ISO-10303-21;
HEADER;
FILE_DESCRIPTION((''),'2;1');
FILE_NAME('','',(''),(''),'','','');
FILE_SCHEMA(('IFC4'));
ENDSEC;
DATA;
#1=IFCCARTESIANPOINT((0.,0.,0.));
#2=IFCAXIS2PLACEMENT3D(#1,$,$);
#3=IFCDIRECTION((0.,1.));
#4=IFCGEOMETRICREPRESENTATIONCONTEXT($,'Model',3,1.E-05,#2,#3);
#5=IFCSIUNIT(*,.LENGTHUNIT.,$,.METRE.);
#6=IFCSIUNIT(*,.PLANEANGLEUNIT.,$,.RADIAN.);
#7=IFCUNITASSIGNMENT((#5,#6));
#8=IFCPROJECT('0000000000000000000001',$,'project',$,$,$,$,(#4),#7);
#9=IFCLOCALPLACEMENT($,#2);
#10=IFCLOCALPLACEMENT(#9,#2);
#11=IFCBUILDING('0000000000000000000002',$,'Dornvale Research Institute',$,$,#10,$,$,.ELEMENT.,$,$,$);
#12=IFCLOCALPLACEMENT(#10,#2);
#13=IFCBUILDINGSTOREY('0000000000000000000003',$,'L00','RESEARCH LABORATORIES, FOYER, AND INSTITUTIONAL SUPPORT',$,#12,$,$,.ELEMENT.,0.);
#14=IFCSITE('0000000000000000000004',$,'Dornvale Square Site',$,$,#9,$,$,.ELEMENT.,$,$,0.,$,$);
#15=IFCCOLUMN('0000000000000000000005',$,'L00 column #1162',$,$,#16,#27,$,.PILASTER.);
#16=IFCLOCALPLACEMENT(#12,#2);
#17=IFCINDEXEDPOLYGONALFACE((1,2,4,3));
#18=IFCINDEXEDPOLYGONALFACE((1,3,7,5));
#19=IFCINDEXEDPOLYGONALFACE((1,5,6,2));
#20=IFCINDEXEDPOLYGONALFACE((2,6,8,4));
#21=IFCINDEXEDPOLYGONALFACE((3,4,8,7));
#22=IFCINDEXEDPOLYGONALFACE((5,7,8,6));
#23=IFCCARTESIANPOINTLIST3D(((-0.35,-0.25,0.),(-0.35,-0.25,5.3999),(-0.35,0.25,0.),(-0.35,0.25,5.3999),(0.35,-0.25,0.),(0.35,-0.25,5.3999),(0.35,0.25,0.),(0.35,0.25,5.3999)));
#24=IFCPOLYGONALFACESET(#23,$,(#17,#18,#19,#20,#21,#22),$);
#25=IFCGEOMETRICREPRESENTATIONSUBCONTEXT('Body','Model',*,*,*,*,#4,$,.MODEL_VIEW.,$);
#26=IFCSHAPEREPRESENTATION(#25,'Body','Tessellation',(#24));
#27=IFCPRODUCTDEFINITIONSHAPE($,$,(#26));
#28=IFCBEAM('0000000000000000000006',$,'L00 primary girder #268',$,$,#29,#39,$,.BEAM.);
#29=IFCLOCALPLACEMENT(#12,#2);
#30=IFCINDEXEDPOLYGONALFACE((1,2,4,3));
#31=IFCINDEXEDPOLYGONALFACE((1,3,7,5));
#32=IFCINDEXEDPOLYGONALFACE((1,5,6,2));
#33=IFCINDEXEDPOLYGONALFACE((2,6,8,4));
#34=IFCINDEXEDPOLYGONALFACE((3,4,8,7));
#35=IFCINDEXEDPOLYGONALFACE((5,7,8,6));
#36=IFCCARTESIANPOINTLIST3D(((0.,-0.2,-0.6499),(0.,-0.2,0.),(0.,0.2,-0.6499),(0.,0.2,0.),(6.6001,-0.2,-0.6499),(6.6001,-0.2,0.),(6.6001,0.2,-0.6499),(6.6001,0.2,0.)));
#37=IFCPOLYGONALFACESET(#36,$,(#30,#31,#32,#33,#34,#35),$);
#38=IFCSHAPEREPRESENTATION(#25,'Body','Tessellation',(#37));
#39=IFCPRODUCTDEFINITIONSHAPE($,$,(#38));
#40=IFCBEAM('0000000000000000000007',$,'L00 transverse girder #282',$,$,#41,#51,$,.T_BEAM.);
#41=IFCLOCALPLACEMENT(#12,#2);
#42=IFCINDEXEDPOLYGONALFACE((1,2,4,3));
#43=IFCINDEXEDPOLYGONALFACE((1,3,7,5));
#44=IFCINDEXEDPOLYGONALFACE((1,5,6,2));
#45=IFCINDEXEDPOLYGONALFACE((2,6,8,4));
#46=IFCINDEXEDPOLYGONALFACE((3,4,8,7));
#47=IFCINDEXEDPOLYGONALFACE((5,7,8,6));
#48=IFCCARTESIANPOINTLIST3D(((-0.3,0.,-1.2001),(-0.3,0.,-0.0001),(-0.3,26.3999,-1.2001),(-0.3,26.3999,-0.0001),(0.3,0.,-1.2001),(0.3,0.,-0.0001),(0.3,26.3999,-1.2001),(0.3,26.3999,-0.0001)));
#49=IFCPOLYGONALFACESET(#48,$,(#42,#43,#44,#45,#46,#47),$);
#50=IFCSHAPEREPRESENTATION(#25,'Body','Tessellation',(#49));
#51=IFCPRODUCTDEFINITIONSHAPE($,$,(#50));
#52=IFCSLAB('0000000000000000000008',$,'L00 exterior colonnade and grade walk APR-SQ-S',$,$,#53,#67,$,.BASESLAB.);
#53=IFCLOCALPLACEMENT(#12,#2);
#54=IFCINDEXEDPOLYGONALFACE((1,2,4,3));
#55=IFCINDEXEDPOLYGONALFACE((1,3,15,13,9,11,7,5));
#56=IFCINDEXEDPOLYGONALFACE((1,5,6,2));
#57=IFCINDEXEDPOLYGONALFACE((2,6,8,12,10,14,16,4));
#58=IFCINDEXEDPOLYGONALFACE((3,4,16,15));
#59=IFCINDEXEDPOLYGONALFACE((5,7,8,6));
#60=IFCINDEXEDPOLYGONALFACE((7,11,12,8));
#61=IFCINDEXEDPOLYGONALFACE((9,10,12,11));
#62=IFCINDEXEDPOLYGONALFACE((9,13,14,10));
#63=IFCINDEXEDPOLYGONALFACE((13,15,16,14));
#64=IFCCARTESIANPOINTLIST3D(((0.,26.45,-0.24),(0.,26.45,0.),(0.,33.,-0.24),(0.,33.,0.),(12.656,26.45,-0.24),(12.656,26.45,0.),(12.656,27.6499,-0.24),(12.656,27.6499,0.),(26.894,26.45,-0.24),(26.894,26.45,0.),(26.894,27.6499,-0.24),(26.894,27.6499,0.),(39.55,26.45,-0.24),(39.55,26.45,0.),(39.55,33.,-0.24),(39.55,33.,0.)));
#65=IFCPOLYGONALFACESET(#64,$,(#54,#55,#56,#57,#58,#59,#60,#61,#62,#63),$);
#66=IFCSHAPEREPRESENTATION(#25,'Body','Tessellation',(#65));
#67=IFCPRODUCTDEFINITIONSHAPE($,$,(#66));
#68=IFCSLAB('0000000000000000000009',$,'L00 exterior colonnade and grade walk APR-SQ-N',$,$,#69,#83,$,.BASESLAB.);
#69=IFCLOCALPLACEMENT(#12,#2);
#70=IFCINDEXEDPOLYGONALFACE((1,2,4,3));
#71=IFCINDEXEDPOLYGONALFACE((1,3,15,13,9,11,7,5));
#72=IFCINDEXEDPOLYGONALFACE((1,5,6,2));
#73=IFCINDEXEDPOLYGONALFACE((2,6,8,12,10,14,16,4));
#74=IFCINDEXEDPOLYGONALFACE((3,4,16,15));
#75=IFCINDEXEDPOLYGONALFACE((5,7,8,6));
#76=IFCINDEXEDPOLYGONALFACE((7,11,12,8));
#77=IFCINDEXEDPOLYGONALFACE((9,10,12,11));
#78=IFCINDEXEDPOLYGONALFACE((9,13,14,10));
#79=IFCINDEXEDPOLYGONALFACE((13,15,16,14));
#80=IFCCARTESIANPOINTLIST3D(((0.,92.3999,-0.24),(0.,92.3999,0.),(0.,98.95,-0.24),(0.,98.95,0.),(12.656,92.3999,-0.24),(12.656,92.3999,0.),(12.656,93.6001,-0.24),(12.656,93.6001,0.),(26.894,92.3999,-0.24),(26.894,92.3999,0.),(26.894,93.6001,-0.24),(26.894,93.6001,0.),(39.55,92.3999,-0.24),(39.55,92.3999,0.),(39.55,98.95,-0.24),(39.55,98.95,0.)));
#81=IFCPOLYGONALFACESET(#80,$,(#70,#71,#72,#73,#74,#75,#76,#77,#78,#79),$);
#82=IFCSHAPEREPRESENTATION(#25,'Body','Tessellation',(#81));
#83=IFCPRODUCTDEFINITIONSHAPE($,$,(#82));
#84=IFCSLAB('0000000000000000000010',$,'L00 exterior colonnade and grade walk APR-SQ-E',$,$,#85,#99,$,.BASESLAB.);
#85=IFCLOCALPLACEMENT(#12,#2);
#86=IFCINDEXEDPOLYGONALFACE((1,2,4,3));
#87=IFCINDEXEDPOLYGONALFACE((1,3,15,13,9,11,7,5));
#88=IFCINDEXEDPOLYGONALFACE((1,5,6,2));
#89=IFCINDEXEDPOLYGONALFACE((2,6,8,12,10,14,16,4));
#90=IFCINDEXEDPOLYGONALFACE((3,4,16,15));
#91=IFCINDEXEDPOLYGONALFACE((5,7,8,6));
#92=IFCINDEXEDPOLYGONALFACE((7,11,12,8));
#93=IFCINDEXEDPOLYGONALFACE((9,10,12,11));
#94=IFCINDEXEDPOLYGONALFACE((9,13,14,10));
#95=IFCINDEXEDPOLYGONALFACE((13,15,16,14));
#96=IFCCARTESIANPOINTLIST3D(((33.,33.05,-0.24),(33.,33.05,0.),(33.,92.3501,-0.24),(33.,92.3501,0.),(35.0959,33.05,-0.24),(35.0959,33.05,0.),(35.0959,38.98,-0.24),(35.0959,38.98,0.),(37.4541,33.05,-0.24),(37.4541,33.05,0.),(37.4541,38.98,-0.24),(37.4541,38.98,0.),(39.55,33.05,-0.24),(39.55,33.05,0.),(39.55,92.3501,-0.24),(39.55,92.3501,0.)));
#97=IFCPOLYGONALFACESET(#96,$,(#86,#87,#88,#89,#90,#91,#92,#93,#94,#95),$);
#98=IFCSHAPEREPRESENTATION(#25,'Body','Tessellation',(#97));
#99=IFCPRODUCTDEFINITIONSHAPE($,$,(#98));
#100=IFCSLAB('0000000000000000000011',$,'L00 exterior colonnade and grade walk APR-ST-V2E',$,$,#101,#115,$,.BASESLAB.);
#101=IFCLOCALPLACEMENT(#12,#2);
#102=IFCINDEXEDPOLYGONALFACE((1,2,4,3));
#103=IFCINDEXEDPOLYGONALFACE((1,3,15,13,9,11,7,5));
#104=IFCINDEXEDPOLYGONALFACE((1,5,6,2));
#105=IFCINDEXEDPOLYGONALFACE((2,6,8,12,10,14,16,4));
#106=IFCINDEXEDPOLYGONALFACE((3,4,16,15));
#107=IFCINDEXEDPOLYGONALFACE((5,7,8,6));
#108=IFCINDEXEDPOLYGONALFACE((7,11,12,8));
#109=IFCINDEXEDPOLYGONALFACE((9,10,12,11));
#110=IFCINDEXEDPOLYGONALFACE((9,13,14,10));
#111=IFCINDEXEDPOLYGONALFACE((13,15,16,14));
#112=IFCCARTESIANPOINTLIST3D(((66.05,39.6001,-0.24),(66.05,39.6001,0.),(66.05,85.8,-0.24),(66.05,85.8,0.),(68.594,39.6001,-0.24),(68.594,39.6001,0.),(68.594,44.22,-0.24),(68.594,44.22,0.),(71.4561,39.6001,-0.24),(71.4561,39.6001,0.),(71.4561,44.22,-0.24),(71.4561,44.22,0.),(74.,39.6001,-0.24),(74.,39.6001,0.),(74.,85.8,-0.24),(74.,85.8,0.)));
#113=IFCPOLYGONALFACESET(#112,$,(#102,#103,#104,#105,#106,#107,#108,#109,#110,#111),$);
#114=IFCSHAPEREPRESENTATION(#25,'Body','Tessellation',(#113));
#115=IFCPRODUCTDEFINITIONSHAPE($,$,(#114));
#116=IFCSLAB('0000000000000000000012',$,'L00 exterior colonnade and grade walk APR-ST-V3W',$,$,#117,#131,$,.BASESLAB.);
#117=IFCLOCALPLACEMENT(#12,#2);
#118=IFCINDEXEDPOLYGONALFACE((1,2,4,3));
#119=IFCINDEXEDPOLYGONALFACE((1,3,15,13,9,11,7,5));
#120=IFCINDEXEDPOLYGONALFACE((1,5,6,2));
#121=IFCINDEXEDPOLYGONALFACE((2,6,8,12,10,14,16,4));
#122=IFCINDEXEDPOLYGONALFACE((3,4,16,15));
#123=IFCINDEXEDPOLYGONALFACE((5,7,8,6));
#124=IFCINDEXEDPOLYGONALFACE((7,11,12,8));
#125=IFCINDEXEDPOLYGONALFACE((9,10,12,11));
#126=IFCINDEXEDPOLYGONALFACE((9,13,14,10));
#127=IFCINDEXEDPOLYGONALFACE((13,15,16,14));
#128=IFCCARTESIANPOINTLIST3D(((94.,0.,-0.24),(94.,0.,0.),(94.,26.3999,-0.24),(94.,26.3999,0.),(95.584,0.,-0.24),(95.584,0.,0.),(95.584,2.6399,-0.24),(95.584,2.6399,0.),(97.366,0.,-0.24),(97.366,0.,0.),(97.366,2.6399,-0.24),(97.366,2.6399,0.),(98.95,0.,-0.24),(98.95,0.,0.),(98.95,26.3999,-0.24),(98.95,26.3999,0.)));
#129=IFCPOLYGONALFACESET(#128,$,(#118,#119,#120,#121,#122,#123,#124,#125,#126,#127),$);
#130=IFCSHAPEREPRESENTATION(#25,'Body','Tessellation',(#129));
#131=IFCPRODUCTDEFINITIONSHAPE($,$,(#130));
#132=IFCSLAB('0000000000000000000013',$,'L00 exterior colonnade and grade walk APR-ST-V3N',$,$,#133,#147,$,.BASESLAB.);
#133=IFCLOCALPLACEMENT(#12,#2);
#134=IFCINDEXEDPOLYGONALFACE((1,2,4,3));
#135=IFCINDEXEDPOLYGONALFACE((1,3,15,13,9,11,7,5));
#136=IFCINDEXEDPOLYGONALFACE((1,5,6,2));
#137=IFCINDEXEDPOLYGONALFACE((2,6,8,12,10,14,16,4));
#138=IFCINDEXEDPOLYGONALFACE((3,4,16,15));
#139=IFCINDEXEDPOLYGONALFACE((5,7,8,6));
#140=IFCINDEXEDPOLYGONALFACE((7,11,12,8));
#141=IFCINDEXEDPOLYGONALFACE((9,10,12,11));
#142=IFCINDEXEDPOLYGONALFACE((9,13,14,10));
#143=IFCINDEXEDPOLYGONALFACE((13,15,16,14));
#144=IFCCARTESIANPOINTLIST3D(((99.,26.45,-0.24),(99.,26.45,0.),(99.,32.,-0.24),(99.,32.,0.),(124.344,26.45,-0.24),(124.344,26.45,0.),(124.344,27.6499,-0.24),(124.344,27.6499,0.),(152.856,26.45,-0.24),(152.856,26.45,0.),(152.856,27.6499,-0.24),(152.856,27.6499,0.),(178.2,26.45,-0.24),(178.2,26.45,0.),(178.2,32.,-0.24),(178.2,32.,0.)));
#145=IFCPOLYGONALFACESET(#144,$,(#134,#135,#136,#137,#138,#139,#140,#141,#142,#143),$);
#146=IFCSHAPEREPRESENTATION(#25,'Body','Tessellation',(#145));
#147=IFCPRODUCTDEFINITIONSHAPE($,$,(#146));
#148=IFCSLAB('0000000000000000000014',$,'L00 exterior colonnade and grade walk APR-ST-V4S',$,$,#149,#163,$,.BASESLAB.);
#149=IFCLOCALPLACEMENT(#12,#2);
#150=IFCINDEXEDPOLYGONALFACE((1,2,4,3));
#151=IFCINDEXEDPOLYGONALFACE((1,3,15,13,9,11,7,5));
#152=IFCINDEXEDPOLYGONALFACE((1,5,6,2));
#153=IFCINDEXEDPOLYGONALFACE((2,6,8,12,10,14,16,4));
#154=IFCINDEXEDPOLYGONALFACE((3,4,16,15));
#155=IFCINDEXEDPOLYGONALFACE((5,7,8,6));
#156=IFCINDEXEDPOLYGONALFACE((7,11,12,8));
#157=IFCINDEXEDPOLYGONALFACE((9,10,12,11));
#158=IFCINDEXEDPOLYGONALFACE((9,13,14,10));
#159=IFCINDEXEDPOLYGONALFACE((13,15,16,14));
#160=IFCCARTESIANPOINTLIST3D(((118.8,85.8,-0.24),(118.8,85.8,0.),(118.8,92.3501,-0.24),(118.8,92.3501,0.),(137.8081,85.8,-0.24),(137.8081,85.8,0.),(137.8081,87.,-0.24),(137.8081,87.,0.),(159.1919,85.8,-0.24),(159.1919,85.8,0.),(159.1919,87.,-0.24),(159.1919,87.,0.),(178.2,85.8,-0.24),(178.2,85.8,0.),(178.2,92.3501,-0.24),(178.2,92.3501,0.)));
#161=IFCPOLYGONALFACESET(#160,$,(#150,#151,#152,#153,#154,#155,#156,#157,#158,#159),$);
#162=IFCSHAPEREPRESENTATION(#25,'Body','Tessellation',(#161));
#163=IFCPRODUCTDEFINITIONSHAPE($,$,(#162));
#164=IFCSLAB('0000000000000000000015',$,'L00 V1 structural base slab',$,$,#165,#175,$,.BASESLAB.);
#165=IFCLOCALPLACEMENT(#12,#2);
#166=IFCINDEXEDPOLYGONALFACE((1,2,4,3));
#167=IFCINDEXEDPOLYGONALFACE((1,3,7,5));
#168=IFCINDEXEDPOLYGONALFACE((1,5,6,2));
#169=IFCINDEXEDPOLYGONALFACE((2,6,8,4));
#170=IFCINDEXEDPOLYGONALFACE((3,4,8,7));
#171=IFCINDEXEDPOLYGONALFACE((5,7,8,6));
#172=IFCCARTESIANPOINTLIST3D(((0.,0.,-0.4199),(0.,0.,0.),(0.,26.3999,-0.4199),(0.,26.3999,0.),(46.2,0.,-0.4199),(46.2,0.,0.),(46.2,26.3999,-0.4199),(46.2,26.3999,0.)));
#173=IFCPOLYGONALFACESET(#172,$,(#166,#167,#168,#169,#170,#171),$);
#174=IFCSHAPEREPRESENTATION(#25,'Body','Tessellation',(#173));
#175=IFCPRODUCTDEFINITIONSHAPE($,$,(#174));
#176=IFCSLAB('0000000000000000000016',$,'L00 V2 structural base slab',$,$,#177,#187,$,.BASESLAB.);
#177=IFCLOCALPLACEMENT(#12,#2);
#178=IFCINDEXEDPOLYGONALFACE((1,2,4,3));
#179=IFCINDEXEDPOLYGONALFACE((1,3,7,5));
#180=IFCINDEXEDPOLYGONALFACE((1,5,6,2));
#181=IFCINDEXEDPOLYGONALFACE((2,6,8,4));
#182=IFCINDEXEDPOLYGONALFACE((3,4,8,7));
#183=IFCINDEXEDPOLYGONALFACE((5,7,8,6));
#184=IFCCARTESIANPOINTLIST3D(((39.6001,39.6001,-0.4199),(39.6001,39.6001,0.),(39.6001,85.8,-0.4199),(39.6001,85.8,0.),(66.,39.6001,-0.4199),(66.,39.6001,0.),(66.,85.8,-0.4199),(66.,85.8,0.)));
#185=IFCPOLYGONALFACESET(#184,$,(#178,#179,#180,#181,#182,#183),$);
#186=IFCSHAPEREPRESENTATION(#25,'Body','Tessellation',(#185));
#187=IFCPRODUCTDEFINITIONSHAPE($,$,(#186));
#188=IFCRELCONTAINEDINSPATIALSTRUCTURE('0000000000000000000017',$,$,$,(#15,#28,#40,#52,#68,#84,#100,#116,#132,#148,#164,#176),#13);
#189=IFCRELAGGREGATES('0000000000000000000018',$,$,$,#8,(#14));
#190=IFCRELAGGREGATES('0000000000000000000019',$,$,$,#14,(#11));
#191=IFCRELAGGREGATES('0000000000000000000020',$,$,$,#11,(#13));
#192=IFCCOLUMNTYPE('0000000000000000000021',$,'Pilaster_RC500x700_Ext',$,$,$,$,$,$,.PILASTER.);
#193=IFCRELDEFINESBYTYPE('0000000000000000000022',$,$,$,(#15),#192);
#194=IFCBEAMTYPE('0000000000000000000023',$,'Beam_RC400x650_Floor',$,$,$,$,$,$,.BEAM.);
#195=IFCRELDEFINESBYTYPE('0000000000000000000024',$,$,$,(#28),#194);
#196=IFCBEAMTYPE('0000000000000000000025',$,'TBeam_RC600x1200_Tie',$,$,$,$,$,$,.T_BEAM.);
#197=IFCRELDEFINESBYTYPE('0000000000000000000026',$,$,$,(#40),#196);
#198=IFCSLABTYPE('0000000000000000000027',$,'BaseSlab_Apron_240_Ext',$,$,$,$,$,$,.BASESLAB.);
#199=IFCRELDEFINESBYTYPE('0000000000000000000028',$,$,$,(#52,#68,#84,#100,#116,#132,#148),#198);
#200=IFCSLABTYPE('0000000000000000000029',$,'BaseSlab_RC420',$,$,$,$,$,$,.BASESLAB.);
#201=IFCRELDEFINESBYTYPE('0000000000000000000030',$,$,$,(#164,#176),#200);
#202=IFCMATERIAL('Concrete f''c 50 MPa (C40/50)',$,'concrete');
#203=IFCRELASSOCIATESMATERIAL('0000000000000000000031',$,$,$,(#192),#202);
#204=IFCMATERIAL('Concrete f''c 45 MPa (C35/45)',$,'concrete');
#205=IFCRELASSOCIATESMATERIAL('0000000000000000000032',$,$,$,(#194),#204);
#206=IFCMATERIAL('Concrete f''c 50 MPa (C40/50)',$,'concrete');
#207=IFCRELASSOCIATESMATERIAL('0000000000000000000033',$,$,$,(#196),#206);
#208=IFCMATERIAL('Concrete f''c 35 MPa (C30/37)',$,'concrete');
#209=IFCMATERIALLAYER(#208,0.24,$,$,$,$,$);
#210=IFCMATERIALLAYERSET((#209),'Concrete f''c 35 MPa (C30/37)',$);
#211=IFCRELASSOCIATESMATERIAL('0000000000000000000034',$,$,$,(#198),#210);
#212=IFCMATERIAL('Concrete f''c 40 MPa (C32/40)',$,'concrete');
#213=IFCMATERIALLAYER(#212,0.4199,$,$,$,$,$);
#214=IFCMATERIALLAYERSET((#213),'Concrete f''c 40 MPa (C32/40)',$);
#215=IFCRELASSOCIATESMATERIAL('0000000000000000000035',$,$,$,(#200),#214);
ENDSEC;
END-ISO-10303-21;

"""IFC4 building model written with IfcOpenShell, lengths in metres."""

from ifc_helpers import new_model, si_unit, direction, frame, origin, origin_2d, place, context, subcontext, project, spatial, polyline, rectangle, outline, extrude, material, layer, layer_set, material_profile, profile_set, type_object, element, save


model = new_model("IFC4")

# Units and contexts
model_context = context("Model", 3, precision=1e-05, world=origin(), true_north=direction((0.0, 1.0)))
body_context = subcontext(model_context, "Body", "Model", "MODEL_VIEW")
ifc_project = project(units=[si_unit("LENGTHUNIT", "METRE"), si_unit("PLANEANGLEUNIT", "RADIAN")], contexts=[model_context])

# Site, building, storey
site_placement = place(None, origin())
site = spatial("IfcSite", under=ifc_project, at=site_placement, Name="Dornvale Square Site", CompositionType="ELEMENT", RefElevation=0.0)
building_placement = place(site_placement, origin())
building = spatial("IfcBuilding", under=site, at=building_placement, Name="Dornvale Research Institute", CompositionType="ELEMENT")
storey_placement = place(building_placement, origin())
storey = spatial("IfcBuildingStorey", under=building, at=storey_placement, Name="L00", Description="RESEARCH LABORATORIES, FOYER, AND INSTITUTIONAL SUPPORT", CompositionType="ELEMENT", Elevation=0.0)

# Column
ifc_material_1 = material(Name="Concrete f'c 50 MPa (C40/50)", Category="concrete")
ifc_material_profile_1 = material_profile(ifc_material_1, rectangle(XDim=0.5, YDim=0.7, at=origin_2d()), Name="RC 500x700")
ifc_profile_set_1 = profile_set([ifc_material_profile_1], Name="Concrete f'c 50 MPa (C40/50)")
column_type = type_object("IfcColumnType", Name="Pilaster_RC500x700_Ext", PredefinedType="PILASTER", material=ifc_profile_set_1)
column_placement = place(storey_placement, frame((0.0, 0.0, 0.0), z_axis=(0.0, 0.0, 1.0), x_axis=(0.0, 1.0, 0.0)))
element("IfcColumn", 1, at=column_placement, inside=storey, type_object=column_type, Name="L00 column #1162", PredefinedType="PILASTER", context=body_context, shape_type="SweptSolid", body=[
    extrude(rectangle(XDim=0.5, YDim=0.7, at=origin_2d()), origin(), (0.0, 0.0, 1.0), 5.3999),
])

# Beams
ifc_material_2 = material(Name="Concrete f'c 45 MPa (C35/45)", Category="concrete")
ifc_material_profile_2 = material_profile(ifc_material_2, rectangle(XDim=0.3999, YDim=0.6499, at=origin_2d()), Name="RC 400x650")
ifc_profile_set_2 = profile_set([ifc_material_profile_2], Name="Concrete f'c 45 MPa (C35/45)")
beam_type_1 = type_object("IfcBeamType", Name="Beam_RC400x650_Floor", PredefinedType="BEAM", material=ifc_profile_set_2)
beam_1_placement = place(storey_placement, frame((0.0, 0.0, -0.325), z_axis=(1.0, 0.0, 0.0), x_axis=(0.0, 1.0, 0.0)))
element("IfcBeam", 2, at=beam_1_placement, inside=storey, type_object=beam_type_1, Name="L00 primary girder #268", PredefinedType="BEAM", context=body_context, shape_type="SweptSolid", body=[
    extrude(rectangle(XDim=0.3999, YDim=0.6499, at=origin_2d()), origin(), (0.0, 0.0, 1.0), 6.6001),
])
ifc_material_3 = material(Name="Concrete f'c 50 MPa (C40/50)", Category="concrete")
ifc_material_profile_3 = material_profile(ifc_material_3, rectangle(XDim=0.6001, YDim=1.2, at=origin_2d()), Name="RC 600x1200")
ifc_profile_set_3 = profile_set([ifc_material_profile_3], Name="Concrete f'c 50 MPa (C40/50)")
beam_type_2 = type_object("IfcBeamType", Name="TBeam_RC600x1200_Tie", PredefinedType="T_BEAM", material=ifc_profile_set_3)
beam_2_placement = place(storey_placement, frame((0.0, 0.0, -0.6001), z_axis=(0.0, 1.0, 0.0), x_axis=(-1.0, 0.0, 0.0)))
element("IfcBeam", 3, at=beam_2_placement, inside=storey, type_object=beam_type_2, Name="L00 transverse girder #282", PredefinedType="T_BEAM", context=body_context, shape_type="SweptSolid", body=[
    extrude(rectangle(XDim=0.6001, YDim=1.2, at=origin_2d()), origin(), (0.0, 0.0, 1.0), 26.3999),
])

# Slabs
ifc_material_4 = material(Name="Concrete f'c 35 MPa (C30/37)", Category="concrete")
ifc_layer_1 = layer(ifc_material_4, 0.24)
ifc_layer_set_1 = layer_set([ifc_layer_1], Name="Concrete f'c 35 MPa (C30/37)")
slab_type_1 = type_object("IfcSlabType", Name="BaseSlab_Apron_240_Ext", PredefinedType="BASESLAB", material=ifc_layer_set_1)
slab_1_placement = place(storey_placement, frame((0.0, 0.0, -0.24)))
element("IfcSlab", 4, at=slab_1_placement, inside=storey, type_object=slab_type_1, Name="L00 exterior colonnade and grade walk APR-SQ-S", PredefinedType="BASESLAB", context=body_context, shape_type="SweptSolid", body=[
    extrude(outline(polyline([(0.0, 26.45), (12.656, 26.45), (12.656, 27.6499), (26.894, 27.6499), (26.894, 26.45), (39.55, 26.45), (39.55, 33.0), (0.0, 33.0), (0.0, 26.45)])), origin(), (0.0, 0.0, 1.0), 0.24),
])
slab_2_placement = place(storey_placement, frame((0.0, 0.0, -0.24)))
element("IfcSlab", 5, at=slab_2_placement, inside=storey, type_object=slab_type_1, Name="L00 exterior colonnade and grade walk APR-SQ-N", PredefinedType="BASESLAB", context=body_context, shape_type="SweptSolid", body=[
    extrude(outline(polyline([(0.0, 92.3999), (12.656, 92.3999), (12.656, 93.6001), (26.894, 93.6001), (26.894, 92.3999), (39.55, 92.3999), (39.55, 98.95), (0.0, 98.95), (0.0, 92.3999)])), origin(), (0.0, 0.0, 1.0), 0.24),
])
slab_3_placement = place(storey_placement, frame((0.0, 0.0, -0.24)))
element("IfcSlab", 6, at=slab_3_placement, inside=storey, type_object=slab_type_1, Name="L00 exterior colonnade and grade walk APR-SQ-E", PredefinedType="BASESLAB", context=body_context, shape_type="SweptSolid", body=[
    extrude(outline(polyline([(33.0, 33.05), (35.0959, 33.05), (35.0959, 38.98), (37.4541, 38.98), (37.4541, 33.05), (39.55, 33.05), (39.55, 92.3501), (33.0, 92.3501), (33.0, 33.05)])), origin(), (0.0, 0.0, 1.0), 0.24),
])
slab_4_placement = place(storey_placement, frame((0.0, 0.0, -0.24)))
element("IfcSlab", 7, at=slab_4_placement, inside=storey, type_object=slab_type_1, Name="L00 exterior colonnade and grade walk APR-ST-V2E", PredefinedType="BASESLAB", context=body_context, shape_type="SweptSolid", body=[
    extrude(outline(polyline([(66.05, 39.6001), (68.594, 39.6001), (68.594, 44.22), (71.4561, 44.22), (71.4561, 39.6001), (74.0, 39.6001), (74.0, 85.8), (66.05, 85.8), (66.05, 39.6001)])), origin(), (0.0, 0.0, 1.0), 0.24),
])
slab_5_placement = place(storey_placement, frame((0.0, 0.0, -0.24)))
element("IfcSlab", 8, at=slab_5_placement, inside=storey, type_object=slab_type_1, Name="L00 exterior colonnade and grade walk APR-ST-V3W", PredefinedType="BASESLAB", context=body_context, shape_type="SweptSolid", body=[
    extrude(outline(polyline([(94.0, 0.0), (95.584, 0.0), (95.584, 2.6399), (97.366, 2.6399), (97.366, 0.0), (98.95, 0.0), (98.95, 26.3999), (94.0, 26.3999), (94.0, 0.0)])), origin(), (0.0, 0.0, 1.0), 0.24),
])
slab_6_placement = place(storey_placement, frame((0.0, 0.0, -0.24)))
element("IfcSlab", 9, at=slab_6_placement, inside=storey, type_object=slab_type_1, Name="L00 exterior colonnade and grade walk APR-ST-V3N", PredefinedType="BASESLAB", context=body_context, shape_type="SweptSolid", body=[
    extrude(outline(polyline([(99.0, 26.45), (124.344, 26.45), (124.344, 27.6499), (152.856, 27.6499), (152.856, 26.45), (178.2, 26.45), (178.2, 32.0), (99.0, 32.0), (99.0, 26.45)])), origin(), (0.0, 0.0, 1.0), 0.24),
])
slab_7_placement = place(storey_placement, frame((0.0, 0.0, -0.24)))
element("IfcSlab", 10, at=slab_7_placement, inside=storey, type_object=slab_type_1, Name="L00 exterior colonnade and grade walk APR-ST-V4S", PredefinedType="BASESLAB", context=body_context, shape_type="SweptSolid", body=[
    extrude(outline(polyline([(118.8, 85.8), (137.8081, 85.8), (137.8081, 87.0), (159.1919, 87.0), (159.1919, 85.8), (178.2, 85.8), (178.2, 92.3501), (118.8, 92.3501), (118.8, 85.8)])), origin(), (0.0, 0.0, 1.0), 0.24),
])
ifc_material_5 = material(Name="Concrete f'c 40 MPa (C32/40)", Category="concrete")
ifc_layer_2 = layer(ifc_material_5, 0.4199)
ifc_layer_set_2 = layer_set([ifc_layer_2], Name="Concrete f'c 40 MPa (C32/40)")
slab_type_2 = type_object("IfcSlabType", Name="BaseSlab_RC420", PredefinedType="BASESLAB", material=ifc_layer_set_2)
slab_8_placement = place(storey_placement, frame((0.0, 0.0, -0.4199)))
element("IfcSlab", 11, at=slab_8_placement, inside=storey, type_object=slab_type_2, Name="L00 V1 structural base slab", PredefinedType="BASESLAB", context=body_context, shape_type="SweptSolid", body=[
    extrude(outline(polyline([(0.0, 0.0), (46.2, 0.0), (46.2, 26.3999), (0.0, 26.3999), (0.0, 0.0)])), origin(), (0.0, 0.0, 1.0), 0.4199),
])
slab_9_placement = place(storey_placement, frame((0.0, 0.0, -0.4199)))
element("IfcSlab", 12, at=slab_9_placement, inside=storey, type_object=slab_type_2, Name="L00 V2 structural base slab", PredefinedType="BASESLAB", context=body_context, shape_type="SweptSolid", body=[
    extrude(outline(polyline([(39.6001, 39.6001), (66.0, 39.6001), (66.0, 85.8), (39.6001, 85.8), (39.6001, 39.6001)])), origin(), (0.0, 0.0, 1.0), 0.4199),
])

save(model, "model.ifc")
